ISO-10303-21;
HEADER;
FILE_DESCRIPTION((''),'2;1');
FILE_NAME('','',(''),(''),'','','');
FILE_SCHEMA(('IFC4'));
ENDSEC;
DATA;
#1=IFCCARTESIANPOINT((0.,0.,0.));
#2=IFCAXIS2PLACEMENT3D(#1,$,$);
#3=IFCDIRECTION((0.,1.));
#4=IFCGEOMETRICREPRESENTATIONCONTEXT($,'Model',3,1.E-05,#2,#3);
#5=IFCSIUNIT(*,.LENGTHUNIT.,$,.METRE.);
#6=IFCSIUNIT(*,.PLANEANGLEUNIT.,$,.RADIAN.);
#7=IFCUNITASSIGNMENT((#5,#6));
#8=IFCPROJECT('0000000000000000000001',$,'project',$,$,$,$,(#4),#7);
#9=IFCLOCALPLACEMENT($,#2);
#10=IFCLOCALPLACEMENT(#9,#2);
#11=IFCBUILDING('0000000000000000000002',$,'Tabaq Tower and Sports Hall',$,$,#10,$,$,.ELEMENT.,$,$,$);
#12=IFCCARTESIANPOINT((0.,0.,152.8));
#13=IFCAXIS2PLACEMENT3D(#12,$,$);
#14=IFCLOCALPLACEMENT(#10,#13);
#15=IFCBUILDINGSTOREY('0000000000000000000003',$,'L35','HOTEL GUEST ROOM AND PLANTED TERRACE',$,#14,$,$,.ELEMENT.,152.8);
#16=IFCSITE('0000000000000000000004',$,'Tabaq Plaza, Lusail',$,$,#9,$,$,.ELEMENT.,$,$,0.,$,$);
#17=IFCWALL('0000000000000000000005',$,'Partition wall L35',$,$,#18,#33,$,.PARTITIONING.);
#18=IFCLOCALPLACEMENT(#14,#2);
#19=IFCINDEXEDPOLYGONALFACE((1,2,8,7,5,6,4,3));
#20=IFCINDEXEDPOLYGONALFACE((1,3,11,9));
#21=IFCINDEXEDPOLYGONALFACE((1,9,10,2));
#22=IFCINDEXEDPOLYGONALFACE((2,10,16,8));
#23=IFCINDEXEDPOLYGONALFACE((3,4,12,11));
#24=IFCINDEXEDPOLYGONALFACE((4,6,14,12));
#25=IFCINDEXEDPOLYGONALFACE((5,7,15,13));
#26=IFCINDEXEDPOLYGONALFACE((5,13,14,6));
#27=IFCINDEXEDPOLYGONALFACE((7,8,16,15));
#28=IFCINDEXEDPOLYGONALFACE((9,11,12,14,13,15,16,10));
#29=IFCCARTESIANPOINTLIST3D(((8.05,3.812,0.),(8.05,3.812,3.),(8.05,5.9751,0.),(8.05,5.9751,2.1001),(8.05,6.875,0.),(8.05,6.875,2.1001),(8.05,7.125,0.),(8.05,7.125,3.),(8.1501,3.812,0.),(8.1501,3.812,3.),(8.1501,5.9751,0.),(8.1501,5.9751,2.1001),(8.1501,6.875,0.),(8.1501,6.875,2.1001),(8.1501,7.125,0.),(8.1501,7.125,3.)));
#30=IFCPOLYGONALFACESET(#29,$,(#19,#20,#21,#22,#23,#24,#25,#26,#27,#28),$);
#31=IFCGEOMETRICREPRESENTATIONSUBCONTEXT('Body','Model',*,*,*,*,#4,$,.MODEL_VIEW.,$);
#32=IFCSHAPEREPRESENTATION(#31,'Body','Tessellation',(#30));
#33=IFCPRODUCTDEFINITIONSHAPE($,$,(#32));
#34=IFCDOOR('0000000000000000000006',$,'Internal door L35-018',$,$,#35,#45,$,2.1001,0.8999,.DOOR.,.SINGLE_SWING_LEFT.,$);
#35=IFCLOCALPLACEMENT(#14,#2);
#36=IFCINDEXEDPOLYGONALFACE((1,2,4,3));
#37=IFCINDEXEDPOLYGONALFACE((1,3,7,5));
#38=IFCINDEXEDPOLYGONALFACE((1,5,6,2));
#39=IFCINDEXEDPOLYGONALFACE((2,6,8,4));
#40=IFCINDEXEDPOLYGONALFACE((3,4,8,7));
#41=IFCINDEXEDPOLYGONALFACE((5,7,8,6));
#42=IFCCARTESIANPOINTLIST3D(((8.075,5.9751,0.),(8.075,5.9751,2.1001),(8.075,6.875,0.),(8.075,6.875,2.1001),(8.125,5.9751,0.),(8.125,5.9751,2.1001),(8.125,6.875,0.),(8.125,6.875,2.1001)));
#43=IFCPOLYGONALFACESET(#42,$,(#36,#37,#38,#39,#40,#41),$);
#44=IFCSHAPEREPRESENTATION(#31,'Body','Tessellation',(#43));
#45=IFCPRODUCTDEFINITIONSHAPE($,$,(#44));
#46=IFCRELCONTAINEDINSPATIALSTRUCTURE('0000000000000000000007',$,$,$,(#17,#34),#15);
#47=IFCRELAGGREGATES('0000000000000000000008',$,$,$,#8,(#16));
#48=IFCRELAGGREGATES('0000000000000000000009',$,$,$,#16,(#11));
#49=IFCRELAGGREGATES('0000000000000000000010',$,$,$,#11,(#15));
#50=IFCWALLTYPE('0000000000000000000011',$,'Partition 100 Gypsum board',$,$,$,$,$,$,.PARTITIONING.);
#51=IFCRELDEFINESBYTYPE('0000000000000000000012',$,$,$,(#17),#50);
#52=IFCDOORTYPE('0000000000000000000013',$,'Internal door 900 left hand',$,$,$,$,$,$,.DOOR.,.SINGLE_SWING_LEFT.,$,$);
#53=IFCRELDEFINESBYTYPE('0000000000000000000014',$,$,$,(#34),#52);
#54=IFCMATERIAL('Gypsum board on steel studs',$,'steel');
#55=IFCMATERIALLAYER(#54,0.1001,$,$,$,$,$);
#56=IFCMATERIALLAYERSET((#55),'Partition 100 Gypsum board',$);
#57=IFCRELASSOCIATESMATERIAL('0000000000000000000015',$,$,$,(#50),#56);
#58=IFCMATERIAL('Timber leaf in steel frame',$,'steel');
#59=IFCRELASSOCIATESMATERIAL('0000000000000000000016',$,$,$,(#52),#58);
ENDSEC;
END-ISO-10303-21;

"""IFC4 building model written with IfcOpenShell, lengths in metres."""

from ifc_helpers import new_model, si_unit, direction, frame, frame_2d, origin, place, context, subcontext, project, spatial, rectangle, extrude, material, layer, layer_set, type_object, element, fill, save


model = new_model("IFC4")

# Units and contexts
model_context = context("Model", 3, precision=1e-05, world=origin(), true_north=direction((0.0, 1.0)))
body_context = subcontext(model_context, "Body", "Model", "MODEL_VIEW")
ifc_project = project(units=[si_unit("LENGTHUNIT", "METRE"), si_unit("PLANEANGLEUNIT", "RADIAN")], contexts=[model_context])

# Site, building, storey
site_placement = place(None, origin())
site = spatial("IfcSite", under=ifc_project, at=site_placement, Name="Tabaq Plaza, Lusail", CompositionType="ELEMENT", RefElevation=0.0)
building_placement = place(site_placement, origin())
building = spatial("IfcBuilding", under=site, at=building_placement, Name="Tabaq Tower and Sports Hall", CompositionType="ELEMENT")
storey_placement = place(building_placement, frame((0.0, 0.0, 152.8)))
storey = spatial("IfcBuildingStorey", under=building, at=storey_placement, Name="L35", Description="HOTEL GUEST ROOM AND PLANTED TERRACE", CompositionType="ELEMENT", Elevation=152.8)

# Wall, opening, door
ifc_material_1 = material(Name="Gypsum board on steel studs", Category="steel")
ifc_layer_1 = layer(ifc_material_1, 0.1001)
ifc_layer_set_1 = layer_set([ifc_layer_1], Name="Partition 100 Gypsum board")
wall_type_1 = type_object("IfcWallType", Name="Partition 100 Gypsum board", PredefinedType="PARTITIONING", material=ifc_layer_set_1)
wall_1_placement = place(storey_placement, frame((8.1001, 7.125, 0.0), z_axis=(0.0, 0.0, 1.0), x_axis=(0.0, -1.0, 0.0)))
wall_1 = element("IfcWall", 1, at=wall_1_placement, inside=storey, type_object=wall_type_1, Name="Partition wall L35", PredefinedType="PARTITIONING", context=body_context, shape_type="SweptSolid", body=[
    extrude(rectangle(XDim=3.313, YDim=0.1001, at=frame_2d((1.6565, 0.0))), origin(), (0.0, 0.0, 1.0), 3.0),
])
opening_1_placement = place(wall_1_placement, frame((0.25, 0.0, 0.0)))
opening_1 = element("IfcOpeningElement", 2, at=opening_1_placement, cuts=wall_1, PredefinedType="OPENING", context=body_context, shape_type="SweptSolid", body=[
    extrude(rectangle(XDim=0.8999, YDim=2.1001, at=frame_2d((0.45, 1.05))), frame((0.0, 0.05, 0.0), z_axis=(0.0, -1.0, 0.0), x_axis=(1.0, 0.0, 0.0)), (0.0, 0.0, 1.0), 0.1001),
])
ifc_material_2 = material(Name="Timber leaf in steel frame", Category="steel")
door_type_1 = type_object("IfcDoorType", Name="Internal door 900 left hand", OperationType="SINGLE_SWING_LEFT", PredefinedType="DOOR", material=ifc_material_2)
door_1_placement = place(opening_1_placement, origin())
door_1 = element("IfcDoor", 3, at=door_1_placement, inside=storey, type_object=door_type_1, Name="Internal door L35-018", OperationType="SINGLE_SWING_LEFT", OverallHeight=2.1001, OverallWidth=0.8999, PredefinedType="DOOR", context=body_context, shape_type="SweptSolid", body=[
    extrude(rectangle(XDim=0.8999, YDim=2.1001, at=frame_2d((0.45, 1.05))), frame((0.0, 0.0249, 0.0), z_axis=(0.0, -1.0, 0.0), x_axis=(1.0, 0.0, 0.0)), (0.0, 0.0, 1.0), 0.05),
])
fill(opening_1, door_1)

save(model, "model.ifc")
